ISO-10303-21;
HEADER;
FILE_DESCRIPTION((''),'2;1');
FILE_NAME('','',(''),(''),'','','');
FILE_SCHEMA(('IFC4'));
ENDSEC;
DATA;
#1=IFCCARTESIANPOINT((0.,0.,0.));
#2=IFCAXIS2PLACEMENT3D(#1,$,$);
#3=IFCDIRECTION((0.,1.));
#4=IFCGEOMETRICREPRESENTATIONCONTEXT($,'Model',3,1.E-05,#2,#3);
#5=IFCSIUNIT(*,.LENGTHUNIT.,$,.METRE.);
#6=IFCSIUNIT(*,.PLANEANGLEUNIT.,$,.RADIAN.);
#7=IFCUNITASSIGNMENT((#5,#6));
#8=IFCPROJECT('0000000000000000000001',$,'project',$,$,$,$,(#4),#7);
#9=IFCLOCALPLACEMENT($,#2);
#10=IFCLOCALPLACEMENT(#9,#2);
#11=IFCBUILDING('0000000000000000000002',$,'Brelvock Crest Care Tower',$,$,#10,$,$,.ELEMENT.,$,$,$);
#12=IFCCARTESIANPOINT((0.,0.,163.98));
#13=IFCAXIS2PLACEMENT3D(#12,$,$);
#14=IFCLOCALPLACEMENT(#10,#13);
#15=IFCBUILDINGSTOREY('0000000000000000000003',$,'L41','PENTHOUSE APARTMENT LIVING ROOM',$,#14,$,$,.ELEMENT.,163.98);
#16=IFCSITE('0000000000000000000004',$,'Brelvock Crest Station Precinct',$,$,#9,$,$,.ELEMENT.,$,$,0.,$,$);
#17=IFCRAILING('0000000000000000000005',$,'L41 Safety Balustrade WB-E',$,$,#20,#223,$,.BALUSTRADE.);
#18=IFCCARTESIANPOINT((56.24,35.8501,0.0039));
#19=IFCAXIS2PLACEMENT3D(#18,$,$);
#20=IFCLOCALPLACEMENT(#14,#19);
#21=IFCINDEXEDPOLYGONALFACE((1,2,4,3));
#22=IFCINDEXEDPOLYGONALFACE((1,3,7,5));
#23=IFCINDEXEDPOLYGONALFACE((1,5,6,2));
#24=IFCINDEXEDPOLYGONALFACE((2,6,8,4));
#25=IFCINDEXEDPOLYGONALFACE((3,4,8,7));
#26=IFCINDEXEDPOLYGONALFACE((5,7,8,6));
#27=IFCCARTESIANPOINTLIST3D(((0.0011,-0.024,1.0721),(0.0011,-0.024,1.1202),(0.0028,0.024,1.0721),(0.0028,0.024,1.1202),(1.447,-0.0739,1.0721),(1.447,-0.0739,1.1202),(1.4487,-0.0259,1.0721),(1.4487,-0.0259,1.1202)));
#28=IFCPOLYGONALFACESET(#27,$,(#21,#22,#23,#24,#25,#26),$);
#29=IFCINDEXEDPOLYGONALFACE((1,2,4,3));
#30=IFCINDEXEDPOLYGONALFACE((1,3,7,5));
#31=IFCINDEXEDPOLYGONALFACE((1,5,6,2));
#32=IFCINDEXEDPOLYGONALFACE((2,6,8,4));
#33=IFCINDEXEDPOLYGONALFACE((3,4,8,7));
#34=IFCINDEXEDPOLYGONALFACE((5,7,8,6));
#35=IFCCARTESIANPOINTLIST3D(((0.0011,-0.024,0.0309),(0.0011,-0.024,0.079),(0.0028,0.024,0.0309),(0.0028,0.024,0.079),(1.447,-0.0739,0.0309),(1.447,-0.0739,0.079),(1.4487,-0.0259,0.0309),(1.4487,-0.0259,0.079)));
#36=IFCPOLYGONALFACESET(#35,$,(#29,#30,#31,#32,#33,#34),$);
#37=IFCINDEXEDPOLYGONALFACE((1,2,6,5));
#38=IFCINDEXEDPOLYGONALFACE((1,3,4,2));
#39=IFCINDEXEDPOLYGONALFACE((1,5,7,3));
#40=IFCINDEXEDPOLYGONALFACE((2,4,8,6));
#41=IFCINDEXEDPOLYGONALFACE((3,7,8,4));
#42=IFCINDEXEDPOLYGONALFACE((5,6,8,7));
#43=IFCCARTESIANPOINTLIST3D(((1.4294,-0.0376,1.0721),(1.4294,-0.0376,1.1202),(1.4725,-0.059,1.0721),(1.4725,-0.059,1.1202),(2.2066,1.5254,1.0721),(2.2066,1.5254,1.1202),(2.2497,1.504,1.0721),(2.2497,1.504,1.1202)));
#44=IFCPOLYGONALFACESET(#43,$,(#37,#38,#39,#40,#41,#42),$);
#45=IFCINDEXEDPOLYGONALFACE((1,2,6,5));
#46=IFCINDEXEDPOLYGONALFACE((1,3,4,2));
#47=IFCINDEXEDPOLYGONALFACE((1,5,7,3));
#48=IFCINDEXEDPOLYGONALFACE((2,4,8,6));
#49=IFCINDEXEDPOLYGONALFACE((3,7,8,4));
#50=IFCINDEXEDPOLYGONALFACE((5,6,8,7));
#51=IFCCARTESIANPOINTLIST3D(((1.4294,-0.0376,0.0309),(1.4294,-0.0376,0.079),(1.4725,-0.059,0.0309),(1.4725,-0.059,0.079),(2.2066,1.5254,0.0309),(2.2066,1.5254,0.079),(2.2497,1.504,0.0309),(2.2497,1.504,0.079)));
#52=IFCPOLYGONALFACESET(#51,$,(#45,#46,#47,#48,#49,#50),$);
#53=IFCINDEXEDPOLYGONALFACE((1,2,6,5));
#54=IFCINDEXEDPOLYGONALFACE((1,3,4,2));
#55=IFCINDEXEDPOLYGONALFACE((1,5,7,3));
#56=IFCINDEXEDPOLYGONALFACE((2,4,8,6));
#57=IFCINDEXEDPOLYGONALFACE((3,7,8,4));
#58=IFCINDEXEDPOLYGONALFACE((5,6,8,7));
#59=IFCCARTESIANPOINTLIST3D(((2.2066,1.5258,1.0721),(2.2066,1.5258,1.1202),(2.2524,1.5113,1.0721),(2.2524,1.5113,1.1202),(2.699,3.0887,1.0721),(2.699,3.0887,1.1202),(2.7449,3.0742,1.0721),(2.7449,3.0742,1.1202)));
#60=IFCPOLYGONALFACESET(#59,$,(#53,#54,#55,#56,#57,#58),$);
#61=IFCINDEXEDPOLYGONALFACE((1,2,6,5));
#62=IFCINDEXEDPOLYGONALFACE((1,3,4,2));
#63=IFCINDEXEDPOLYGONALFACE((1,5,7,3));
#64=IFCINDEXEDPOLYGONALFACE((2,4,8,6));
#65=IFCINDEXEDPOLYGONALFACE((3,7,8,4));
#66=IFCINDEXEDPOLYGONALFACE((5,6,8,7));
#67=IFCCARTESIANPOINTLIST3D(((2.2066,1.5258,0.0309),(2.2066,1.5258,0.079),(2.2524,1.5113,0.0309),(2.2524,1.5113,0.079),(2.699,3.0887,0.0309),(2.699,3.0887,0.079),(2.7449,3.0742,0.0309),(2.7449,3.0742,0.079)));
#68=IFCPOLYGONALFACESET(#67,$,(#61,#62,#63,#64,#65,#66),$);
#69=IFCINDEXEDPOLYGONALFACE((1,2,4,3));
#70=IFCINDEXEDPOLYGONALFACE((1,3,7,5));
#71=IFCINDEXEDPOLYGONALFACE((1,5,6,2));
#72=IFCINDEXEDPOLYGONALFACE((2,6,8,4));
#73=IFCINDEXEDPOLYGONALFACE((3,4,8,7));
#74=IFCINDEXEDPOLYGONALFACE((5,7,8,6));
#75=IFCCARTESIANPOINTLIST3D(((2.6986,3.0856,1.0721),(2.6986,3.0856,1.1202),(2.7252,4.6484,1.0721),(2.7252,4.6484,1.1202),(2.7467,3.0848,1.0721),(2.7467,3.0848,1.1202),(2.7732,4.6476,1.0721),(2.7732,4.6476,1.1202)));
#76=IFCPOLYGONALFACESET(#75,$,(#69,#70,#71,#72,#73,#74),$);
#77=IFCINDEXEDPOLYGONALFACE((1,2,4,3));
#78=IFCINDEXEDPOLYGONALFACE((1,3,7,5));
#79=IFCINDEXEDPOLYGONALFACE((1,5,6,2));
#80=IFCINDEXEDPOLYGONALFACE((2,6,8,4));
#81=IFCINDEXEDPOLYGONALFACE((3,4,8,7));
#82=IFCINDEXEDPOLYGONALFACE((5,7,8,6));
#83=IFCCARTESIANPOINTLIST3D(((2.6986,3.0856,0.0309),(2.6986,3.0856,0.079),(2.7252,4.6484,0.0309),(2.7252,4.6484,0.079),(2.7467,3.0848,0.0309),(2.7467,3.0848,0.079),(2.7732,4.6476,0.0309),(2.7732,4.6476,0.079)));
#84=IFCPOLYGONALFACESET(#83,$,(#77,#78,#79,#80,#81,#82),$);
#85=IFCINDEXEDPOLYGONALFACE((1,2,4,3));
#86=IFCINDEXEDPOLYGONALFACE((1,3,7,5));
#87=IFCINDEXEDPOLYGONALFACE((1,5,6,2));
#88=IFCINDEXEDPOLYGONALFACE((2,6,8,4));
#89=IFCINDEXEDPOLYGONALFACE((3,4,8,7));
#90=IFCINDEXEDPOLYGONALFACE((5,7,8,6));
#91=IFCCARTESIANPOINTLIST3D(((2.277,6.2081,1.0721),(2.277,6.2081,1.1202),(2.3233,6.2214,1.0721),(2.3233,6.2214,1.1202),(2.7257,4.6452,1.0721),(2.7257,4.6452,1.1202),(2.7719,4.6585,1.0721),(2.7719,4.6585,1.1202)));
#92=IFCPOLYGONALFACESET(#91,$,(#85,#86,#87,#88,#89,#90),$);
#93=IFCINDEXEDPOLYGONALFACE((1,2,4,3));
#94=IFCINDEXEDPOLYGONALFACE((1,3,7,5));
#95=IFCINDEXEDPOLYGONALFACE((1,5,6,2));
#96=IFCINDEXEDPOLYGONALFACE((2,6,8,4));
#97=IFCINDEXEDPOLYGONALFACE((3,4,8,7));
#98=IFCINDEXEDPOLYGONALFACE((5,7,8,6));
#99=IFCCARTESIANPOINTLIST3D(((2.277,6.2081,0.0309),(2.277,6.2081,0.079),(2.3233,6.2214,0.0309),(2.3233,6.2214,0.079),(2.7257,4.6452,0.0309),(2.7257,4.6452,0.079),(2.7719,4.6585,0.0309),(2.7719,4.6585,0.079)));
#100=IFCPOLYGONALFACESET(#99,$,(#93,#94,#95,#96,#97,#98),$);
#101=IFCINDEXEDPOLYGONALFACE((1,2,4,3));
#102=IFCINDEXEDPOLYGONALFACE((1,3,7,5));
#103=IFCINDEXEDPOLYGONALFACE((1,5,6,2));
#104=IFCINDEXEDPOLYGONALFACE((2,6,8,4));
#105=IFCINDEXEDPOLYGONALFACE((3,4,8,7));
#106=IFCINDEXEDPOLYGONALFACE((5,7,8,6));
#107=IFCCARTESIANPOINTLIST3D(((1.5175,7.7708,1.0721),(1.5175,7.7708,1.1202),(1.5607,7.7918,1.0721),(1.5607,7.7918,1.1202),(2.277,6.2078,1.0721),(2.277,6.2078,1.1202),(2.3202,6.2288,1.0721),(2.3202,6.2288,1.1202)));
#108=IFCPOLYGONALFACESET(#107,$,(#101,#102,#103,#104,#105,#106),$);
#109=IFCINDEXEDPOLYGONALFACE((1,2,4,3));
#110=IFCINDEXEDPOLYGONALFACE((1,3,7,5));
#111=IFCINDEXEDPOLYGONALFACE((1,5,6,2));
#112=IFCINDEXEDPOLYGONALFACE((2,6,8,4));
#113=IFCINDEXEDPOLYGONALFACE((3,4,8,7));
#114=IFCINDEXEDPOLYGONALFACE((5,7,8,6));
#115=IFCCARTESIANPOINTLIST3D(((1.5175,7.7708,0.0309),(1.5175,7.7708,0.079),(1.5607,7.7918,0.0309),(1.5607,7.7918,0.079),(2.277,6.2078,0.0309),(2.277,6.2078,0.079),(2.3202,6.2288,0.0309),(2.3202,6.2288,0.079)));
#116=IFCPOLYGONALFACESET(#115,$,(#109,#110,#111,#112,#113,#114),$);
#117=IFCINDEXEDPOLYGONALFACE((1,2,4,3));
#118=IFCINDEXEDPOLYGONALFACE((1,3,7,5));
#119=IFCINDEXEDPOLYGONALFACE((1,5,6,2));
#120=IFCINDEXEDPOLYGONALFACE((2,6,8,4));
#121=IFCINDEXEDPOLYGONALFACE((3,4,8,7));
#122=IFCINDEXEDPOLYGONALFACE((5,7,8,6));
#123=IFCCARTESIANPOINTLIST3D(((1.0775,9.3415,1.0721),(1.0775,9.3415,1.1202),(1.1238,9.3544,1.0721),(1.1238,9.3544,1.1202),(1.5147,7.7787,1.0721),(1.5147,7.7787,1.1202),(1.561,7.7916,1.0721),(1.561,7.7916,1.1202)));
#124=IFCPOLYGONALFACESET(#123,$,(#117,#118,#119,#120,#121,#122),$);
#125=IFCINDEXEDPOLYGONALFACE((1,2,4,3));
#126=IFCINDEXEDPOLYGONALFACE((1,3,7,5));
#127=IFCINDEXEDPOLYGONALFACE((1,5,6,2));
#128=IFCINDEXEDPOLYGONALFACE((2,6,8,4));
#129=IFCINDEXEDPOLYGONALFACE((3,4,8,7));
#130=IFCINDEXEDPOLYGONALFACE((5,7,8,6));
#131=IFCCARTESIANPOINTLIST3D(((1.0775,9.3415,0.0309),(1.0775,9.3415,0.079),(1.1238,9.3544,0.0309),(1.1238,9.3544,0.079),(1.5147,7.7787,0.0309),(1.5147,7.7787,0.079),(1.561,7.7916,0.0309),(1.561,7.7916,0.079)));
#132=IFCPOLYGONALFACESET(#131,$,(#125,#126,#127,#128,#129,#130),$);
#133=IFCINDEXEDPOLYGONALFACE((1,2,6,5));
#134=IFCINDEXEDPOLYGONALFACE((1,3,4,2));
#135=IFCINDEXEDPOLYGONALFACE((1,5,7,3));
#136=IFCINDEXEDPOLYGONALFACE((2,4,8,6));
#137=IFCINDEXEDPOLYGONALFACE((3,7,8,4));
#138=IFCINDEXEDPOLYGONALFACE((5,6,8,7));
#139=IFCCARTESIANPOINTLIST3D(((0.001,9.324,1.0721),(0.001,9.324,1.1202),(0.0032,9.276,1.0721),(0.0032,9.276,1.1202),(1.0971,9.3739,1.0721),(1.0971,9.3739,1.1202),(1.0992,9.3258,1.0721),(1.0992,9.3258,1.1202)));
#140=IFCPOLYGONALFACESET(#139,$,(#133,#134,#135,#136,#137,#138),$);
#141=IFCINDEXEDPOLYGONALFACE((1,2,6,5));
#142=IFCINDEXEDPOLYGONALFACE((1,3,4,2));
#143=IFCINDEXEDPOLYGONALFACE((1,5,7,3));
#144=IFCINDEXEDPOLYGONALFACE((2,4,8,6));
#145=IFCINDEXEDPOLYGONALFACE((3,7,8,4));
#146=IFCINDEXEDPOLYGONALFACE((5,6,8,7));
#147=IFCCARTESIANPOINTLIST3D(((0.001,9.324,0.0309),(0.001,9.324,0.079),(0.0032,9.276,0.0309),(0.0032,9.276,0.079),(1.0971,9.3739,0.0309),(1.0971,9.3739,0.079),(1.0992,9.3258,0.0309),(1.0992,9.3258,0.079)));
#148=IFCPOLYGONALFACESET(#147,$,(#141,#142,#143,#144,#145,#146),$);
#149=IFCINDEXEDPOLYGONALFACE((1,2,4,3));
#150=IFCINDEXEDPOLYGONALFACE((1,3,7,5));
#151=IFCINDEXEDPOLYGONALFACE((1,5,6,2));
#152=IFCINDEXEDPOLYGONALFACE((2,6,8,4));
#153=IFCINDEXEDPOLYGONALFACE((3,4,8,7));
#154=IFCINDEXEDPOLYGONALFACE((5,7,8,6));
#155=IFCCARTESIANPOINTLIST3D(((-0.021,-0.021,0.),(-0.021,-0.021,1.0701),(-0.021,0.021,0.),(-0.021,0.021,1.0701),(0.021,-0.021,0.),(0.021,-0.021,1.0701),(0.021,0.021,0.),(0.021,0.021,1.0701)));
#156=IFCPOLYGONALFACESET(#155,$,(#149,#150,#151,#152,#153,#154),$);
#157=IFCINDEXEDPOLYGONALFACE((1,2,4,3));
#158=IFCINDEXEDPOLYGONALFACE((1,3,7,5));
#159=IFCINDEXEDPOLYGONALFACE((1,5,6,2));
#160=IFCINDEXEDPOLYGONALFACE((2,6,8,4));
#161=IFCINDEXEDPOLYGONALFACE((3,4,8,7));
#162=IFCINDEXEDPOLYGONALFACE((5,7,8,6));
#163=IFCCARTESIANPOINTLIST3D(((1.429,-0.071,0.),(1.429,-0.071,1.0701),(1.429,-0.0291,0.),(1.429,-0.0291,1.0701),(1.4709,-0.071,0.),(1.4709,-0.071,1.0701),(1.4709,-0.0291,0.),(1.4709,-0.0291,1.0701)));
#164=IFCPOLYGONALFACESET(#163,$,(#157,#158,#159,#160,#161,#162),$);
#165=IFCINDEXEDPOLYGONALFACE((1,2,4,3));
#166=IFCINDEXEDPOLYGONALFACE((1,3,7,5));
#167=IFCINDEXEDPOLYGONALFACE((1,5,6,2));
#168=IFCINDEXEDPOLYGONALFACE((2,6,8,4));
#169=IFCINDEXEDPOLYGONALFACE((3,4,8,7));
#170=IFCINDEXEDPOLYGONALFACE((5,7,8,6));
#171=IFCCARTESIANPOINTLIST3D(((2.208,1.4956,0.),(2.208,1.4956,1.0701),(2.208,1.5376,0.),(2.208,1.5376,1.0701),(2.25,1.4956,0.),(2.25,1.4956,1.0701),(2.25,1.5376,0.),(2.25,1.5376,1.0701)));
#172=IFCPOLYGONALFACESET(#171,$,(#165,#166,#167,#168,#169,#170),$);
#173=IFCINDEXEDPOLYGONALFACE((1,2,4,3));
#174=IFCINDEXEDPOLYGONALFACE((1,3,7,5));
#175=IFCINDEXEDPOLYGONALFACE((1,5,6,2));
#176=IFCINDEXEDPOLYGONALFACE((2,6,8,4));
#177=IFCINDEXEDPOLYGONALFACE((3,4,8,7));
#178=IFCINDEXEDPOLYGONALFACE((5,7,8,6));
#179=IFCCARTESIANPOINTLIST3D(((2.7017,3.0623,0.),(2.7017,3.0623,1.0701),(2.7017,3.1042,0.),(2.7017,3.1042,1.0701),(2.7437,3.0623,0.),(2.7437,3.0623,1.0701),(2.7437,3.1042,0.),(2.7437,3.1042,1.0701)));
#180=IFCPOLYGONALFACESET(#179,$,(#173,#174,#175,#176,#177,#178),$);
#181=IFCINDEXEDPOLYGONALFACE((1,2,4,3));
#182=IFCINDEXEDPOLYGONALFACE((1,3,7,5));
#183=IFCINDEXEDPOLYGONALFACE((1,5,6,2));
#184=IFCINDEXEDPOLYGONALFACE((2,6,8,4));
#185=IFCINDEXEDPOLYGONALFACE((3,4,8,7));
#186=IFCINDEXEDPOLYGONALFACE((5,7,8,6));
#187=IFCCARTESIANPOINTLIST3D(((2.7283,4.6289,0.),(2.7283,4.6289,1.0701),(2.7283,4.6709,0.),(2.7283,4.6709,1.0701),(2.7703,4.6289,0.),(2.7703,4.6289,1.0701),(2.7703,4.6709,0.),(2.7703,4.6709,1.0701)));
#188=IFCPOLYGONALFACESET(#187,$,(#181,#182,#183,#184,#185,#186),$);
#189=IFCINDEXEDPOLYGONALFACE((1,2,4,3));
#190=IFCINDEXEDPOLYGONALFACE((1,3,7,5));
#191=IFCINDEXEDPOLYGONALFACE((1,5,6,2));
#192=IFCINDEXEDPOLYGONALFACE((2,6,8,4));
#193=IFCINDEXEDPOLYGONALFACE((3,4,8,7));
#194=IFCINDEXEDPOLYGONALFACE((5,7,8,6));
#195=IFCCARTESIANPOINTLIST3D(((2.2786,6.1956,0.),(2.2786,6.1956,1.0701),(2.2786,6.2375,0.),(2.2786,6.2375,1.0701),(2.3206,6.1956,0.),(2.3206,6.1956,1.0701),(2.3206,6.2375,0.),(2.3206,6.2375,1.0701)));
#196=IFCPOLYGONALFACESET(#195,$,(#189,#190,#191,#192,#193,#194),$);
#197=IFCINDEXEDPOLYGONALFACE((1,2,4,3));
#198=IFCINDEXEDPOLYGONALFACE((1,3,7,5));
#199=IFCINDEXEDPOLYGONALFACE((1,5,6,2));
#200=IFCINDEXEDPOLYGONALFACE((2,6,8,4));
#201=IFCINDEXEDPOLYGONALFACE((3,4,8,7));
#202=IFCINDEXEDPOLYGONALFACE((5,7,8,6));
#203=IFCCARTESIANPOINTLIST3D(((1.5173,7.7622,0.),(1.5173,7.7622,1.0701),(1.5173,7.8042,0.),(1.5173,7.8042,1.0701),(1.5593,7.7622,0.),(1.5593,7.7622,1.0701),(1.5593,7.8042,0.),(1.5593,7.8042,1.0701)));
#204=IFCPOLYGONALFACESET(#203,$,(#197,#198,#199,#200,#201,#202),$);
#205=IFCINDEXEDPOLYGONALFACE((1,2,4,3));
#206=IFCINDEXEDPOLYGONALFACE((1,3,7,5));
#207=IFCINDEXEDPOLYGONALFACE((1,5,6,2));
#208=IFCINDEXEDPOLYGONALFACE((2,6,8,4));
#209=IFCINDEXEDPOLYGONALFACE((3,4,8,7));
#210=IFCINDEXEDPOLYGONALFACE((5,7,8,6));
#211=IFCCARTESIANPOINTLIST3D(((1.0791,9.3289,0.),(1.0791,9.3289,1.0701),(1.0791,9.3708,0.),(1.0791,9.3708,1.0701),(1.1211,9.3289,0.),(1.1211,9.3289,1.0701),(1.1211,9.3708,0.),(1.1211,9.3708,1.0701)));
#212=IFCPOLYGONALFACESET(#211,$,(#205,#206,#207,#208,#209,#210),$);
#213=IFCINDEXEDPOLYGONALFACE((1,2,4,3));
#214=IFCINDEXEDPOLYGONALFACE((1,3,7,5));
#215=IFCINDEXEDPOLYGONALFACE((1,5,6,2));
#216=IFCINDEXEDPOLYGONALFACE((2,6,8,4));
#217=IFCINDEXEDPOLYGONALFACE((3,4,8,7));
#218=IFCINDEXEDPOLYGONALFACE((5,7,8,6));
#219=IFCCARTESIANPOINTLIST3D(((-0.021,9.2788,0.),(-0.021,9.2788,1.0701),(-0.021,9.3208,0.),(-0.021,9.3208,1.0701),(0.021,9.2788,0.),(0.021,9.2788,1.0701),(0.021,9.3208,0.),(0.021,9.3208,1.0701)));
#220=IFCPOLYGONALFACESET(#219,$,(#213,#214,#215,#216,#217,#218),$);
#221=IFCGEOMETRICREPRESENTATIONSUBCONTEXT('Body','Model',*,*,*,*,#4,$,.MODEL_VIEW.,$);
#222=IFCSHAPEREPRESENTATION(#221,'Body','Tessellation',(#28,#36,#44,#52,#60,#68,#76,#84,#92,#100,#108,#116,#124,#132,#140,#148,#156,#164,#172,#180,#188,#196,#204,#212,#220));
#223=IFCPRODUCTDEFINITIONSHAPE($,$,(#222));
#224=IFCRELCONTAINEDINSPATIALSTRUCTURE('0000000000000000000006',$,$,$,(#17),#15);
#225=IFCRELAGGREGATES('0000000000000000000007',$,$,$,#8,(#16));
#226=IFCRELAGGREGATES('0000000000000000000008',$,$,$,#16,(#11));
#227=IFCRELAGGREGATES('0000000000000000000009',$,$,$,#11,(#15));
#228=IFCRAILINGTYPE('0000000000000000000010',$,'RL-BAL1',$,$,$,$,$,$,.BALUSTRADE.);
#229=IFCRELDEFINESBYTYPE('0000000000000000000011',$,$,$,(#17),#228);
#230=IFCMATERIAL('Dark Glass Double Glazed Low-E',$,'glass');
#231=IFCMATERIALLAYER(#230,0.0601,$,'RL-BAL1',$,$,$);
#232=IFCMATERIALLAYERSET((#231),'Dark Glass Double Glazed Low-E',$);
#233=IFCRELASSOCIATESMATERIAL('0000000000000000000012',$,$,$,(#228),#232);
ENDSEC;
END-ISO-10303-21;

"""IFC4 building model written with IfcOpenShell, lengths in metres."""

from ifc_helpers import new_model, si_unit, direction, frame, origin, origin_2d, place, context, subcontext, project, spatial, rectangle, extrude, material, layer, layer_set, type_object, element, save


model = new_model("IFC4")

# Units and contexts
model_context = context("Model", 3, precision=1e-05, world=origin(), true_north=direction((0.0, 1.0)))
body_context = subcontext(model_context, "Body", "Model", "MODEL_VIEW")
ifc_project = project(units=[si_unit("LENGTHUNIT", "METRE"), si_unit("PLANEANGLEUNIT", "RADIAN")], contexts=[model_context])

# Site, building, storey
site_placement = place(None, origin())
site = spatial("IfcSite", under=ifc_project, at=site_placement, Name="Brelvock Crest Station Precinct", CompositionType="ELEMENT", RefElevation=0.0)
building_placement = place(site_placement, origin())
building = spatial("IfcBuilding", under=site, at=building_placement, Name="Brelvock Crest Care Tower", CompositionType="ELEMENT")
storey_placement = place(building_placement, frame((0.0, 0.0, 163.98)))
storey = spatial("IfcBuildingStorey", under=building, at=storey_placement, Name="L41", Description="PENTHOUSE APARTMENT LIVING ROOM", CompositionType="ELEMENT", Elevation=163.98)

# Shared definitions
ifc_material_1 = material(Name="Dark Glass Double Glazed Low-E", Category="glass")

# Railing
ifc_layer_1 = layer(ifc_material_1, 0.0601, Name="RL-BAL1")
ifc_layer_set_1 = layer_set([ifc_layer_1], Name="Dark Glass Double Glazed Low-E")
railing_type = type_object("IfcRailingType", Name="RL-BAL1", PredefinedType="BALUSTRADE", material=ifc_layer_set_1)
railing_placement = place(storey_placement, frame((56.24, 35.8501, 0.0039)))
element("IfcRailing", 1, at=railing_placement, inside=storey, type_object=railing_type, Name="L41 Safety Balustrade WB-E", PredefinedType="BALUSTRADE", context=body_context, shape_type="SweptSolid", body=[
    extrude(rectangle(XDim=0.0481, YDim=0.0481, at=origin_2d()), frame((0.002, 0.0, 1.0962), z_axis=(0.999405, -0.034497, 0.0), x_axis=(0.034497, 0.999405, 0.0)), (0.0, 0.0, 1.0), 1.4468),
    extrude(rectangle(XDim=0.0481, YDim=0.0481, at=origin_2d()), frame((0.002, 0.0, 0.0549), z_axis=(0.999405, -0.034497, 0.0), x_axis=(0.034497, 0.999405, 0.0)), (0.0, 0.0, 1.0), 1.4468),
    extrude(rectangle(XDim=0.0481, YDim=0.0481, at=origin_2d()), frame((1.4509, -0.0483, 1.0962), z_axis=(0.445259, 0.895402, 0.0), x_axis=(-0.895402, 0.445259, 0.0)), (0.0, 0.0, 1.0), 1.7456),
    extrude(rectangle(XDim=0.0481, YDim=0.0481, at=origin_2d()), frame((1.4509, -0.0483, 0.0549), z_axis=(0.445259, 0.895402, 0.0), x_axis=(-0.895402, 0.445259, 0.0)), (0.0, 0.0, 1.0), 1.7456),
    extrude(rectangle(XDim=0.0481, YDim=0.0481, at=origin_2d()), frame((2.2295, 1.5186, 1.0962), z_axis=(0.300534, 0.953771, 0.0), x_axis=(-0.953771, 0.300534, 0.0)), (0.0, 0.0, 1.0), 1.6387),
    extrude(rectangle(XDim=0.0481, YDim=0.0481, at=origin_2d()), frame((2.2295, 1.5186, 0.0549), z_axis=(0.300534, 0.953771, 0.0), x_axis=(-0.953771, 0.300534, 0.0)), (0.0, 0.0, 1.0), 1.6387),
    extrude(rectangle(XDim=0.0481, YDim=0.0481, at=origin_2d()), frame((2.7227, 3.0852, 1.0962), z_axis=(0.016984, 0.999856, 0.0), x_axis=(-0.999856, 0.016984, 0.0)), (0.0, 0.0, 1.0), 1.563),
    extrude(rectangle(XDim=0.0481, YDim=0.0481, at=origin_2d()), frame((2.7227, 3.0852, 0.0549), z_axis=(0.016984, 0.999856, 0.0), x_axis=(-0.999856, 0.016984, 0.0)), (0.0, 0.0, 1.0), 1.563),
    extrude(rectangle(XDim=0.0481, YDim=0.0481, at=origin_2d()), frame((2.7488, 4.6519, 1.0962), z_axis=(-0.275908, 0.961184, 0.0), x_axis=(-0.961184, -0.275908, 0.0)), (0.0, 0.0, 1.0), 1.626),
    extrude(rectangle(XDim=0.0481, YDim=0.0481, at=origin_2d()), frame((2.7488, 4.6519, 0.0549), z_axis=(-0.275908, 0.961184, 0.0), x_axis=(-0.961184, -0.275908, 0.0)), (0.0, 0.0, 1.0), 1.626),
    extrude(rectangle(XDim=0.0481, YDim=0.0481, at=origin_2d()), frame((2.2986, 6.2183, 1.0962), z_axis=(-0.437037, 0.899444, 0.0), x_axis=(-0.899444, -0.437037, 0.0)), (0.0, 0.0, 1.0), 1.7378),
    extrude(rectangle(XDim=0.0481, YDim=0.0481, at=origin_2d()), frame((2.2986, 6.2183, 0.0549), z_axis=(-0.437037, 0.899444, 0.0), x_axis=(-0.899444, -0.437037, 0.0)), (0.0, 0.0, 1.0), 1.7378),
    extrude(rectangle(XDim=0.0481, YDim=0.0481, at=origin_2d()), frame((1.5378, 7.7852, 1.0962), z_axis=(-0.269385, 0.963033, 0.0), x_axis=(-0.963033, -0.269385, 0.0)), (0.0, 0.0, 1.0), 1.6228),
    extrude(rectangle(XDim=0.0481, YDim=0.0481, at=origin_2d()), frame((1.5378, 7.7852, 0.0549), z_axis=(-0.269385, 0.963033, 0.0), x_axis=(-0.963033, -0.269385, 0.0)), (0.0, 0.0, 1.0), 1.6228),
    extrude(rectangle(XDim=0.0481, YDim=0.0481, at=origin_2d()), frame((1.0981, 9.3499, 1.0962), z_axis=(-0.998967, -0.045448, 0.0), x_axis=(0.045448, -0.998967, 0.0)), (0.0, 0.0, 1.0), 1.0972),
    extrude(rectangle(XDim=0.0481, YDim=0.0481, at=origin_2d()), frame((1.0981, 9.3499, 0.0549), z_axis=(-0.998967, -0.045448, 0.0), x_axis=(0.045448, -0.998967, 0.0)), (0.0, 0.0, 1.0), 1.0972),
    extrude(rectangle(XDim=0.042, YDim=0.042, at=origin_2d()), origin(), (0.0, 0.0, 1.0), 1.0701),
    extrude(rectangle(XDim=0.042, YDim=0.042, at=origin_2d()), frame((1.45, -0.05, 0.0)), (0.0, 0.0, 1.0), 1.0701),
    extrude(rectangle(XDim=0.042, YDim=0.042, at=origin_2d()), frame((2.229, 1.5166, 0.0)), (0.0, 0.0, 1.0), 1.0701),
    extrude(rectangle(XDim=0.042, YDim=0.042, at=origin_2d()), frame((2.7227, 3.0833, 0.0)), (0.0, 0.0, 1.0), 1.0701),
    extrude(rectangle(XDim=0.042, YDim=0.042, at=origin_2d()), frame((2.7493, 4.6499, 0.0)), (0.0, 0.0, 1.0), 1.0701),
    extrude(rectangle(XDim=0.042, YDim=0.042, at=origin_2d()), frame((2.2996, 6.2166, 0.0)), (0.0, 0.0, 1.0), 1.0701),
    extrude(rectangle(XDim=0.042, YDim=0.042, at=origin_2d()), frame((1.5383, 7.7832, 0.0)), (0.0, 0.0, 1.0), 1.0701),
    extrude(rectangle(XDim=0.042, YDim=0.042, at=origin_2d()), frame((1.1001, 9.3499, 0.0)), (0.0, 0.0, 1.0), 1.0701),
    extrude(rectangle(XDim=0.042, YDim=0.042, at=origin_2d()), frame((0.0, 9.2998, 0.0)), (0.0, 0.0, 1.0), 1.0701),
])

save(model, "model.ifc")
